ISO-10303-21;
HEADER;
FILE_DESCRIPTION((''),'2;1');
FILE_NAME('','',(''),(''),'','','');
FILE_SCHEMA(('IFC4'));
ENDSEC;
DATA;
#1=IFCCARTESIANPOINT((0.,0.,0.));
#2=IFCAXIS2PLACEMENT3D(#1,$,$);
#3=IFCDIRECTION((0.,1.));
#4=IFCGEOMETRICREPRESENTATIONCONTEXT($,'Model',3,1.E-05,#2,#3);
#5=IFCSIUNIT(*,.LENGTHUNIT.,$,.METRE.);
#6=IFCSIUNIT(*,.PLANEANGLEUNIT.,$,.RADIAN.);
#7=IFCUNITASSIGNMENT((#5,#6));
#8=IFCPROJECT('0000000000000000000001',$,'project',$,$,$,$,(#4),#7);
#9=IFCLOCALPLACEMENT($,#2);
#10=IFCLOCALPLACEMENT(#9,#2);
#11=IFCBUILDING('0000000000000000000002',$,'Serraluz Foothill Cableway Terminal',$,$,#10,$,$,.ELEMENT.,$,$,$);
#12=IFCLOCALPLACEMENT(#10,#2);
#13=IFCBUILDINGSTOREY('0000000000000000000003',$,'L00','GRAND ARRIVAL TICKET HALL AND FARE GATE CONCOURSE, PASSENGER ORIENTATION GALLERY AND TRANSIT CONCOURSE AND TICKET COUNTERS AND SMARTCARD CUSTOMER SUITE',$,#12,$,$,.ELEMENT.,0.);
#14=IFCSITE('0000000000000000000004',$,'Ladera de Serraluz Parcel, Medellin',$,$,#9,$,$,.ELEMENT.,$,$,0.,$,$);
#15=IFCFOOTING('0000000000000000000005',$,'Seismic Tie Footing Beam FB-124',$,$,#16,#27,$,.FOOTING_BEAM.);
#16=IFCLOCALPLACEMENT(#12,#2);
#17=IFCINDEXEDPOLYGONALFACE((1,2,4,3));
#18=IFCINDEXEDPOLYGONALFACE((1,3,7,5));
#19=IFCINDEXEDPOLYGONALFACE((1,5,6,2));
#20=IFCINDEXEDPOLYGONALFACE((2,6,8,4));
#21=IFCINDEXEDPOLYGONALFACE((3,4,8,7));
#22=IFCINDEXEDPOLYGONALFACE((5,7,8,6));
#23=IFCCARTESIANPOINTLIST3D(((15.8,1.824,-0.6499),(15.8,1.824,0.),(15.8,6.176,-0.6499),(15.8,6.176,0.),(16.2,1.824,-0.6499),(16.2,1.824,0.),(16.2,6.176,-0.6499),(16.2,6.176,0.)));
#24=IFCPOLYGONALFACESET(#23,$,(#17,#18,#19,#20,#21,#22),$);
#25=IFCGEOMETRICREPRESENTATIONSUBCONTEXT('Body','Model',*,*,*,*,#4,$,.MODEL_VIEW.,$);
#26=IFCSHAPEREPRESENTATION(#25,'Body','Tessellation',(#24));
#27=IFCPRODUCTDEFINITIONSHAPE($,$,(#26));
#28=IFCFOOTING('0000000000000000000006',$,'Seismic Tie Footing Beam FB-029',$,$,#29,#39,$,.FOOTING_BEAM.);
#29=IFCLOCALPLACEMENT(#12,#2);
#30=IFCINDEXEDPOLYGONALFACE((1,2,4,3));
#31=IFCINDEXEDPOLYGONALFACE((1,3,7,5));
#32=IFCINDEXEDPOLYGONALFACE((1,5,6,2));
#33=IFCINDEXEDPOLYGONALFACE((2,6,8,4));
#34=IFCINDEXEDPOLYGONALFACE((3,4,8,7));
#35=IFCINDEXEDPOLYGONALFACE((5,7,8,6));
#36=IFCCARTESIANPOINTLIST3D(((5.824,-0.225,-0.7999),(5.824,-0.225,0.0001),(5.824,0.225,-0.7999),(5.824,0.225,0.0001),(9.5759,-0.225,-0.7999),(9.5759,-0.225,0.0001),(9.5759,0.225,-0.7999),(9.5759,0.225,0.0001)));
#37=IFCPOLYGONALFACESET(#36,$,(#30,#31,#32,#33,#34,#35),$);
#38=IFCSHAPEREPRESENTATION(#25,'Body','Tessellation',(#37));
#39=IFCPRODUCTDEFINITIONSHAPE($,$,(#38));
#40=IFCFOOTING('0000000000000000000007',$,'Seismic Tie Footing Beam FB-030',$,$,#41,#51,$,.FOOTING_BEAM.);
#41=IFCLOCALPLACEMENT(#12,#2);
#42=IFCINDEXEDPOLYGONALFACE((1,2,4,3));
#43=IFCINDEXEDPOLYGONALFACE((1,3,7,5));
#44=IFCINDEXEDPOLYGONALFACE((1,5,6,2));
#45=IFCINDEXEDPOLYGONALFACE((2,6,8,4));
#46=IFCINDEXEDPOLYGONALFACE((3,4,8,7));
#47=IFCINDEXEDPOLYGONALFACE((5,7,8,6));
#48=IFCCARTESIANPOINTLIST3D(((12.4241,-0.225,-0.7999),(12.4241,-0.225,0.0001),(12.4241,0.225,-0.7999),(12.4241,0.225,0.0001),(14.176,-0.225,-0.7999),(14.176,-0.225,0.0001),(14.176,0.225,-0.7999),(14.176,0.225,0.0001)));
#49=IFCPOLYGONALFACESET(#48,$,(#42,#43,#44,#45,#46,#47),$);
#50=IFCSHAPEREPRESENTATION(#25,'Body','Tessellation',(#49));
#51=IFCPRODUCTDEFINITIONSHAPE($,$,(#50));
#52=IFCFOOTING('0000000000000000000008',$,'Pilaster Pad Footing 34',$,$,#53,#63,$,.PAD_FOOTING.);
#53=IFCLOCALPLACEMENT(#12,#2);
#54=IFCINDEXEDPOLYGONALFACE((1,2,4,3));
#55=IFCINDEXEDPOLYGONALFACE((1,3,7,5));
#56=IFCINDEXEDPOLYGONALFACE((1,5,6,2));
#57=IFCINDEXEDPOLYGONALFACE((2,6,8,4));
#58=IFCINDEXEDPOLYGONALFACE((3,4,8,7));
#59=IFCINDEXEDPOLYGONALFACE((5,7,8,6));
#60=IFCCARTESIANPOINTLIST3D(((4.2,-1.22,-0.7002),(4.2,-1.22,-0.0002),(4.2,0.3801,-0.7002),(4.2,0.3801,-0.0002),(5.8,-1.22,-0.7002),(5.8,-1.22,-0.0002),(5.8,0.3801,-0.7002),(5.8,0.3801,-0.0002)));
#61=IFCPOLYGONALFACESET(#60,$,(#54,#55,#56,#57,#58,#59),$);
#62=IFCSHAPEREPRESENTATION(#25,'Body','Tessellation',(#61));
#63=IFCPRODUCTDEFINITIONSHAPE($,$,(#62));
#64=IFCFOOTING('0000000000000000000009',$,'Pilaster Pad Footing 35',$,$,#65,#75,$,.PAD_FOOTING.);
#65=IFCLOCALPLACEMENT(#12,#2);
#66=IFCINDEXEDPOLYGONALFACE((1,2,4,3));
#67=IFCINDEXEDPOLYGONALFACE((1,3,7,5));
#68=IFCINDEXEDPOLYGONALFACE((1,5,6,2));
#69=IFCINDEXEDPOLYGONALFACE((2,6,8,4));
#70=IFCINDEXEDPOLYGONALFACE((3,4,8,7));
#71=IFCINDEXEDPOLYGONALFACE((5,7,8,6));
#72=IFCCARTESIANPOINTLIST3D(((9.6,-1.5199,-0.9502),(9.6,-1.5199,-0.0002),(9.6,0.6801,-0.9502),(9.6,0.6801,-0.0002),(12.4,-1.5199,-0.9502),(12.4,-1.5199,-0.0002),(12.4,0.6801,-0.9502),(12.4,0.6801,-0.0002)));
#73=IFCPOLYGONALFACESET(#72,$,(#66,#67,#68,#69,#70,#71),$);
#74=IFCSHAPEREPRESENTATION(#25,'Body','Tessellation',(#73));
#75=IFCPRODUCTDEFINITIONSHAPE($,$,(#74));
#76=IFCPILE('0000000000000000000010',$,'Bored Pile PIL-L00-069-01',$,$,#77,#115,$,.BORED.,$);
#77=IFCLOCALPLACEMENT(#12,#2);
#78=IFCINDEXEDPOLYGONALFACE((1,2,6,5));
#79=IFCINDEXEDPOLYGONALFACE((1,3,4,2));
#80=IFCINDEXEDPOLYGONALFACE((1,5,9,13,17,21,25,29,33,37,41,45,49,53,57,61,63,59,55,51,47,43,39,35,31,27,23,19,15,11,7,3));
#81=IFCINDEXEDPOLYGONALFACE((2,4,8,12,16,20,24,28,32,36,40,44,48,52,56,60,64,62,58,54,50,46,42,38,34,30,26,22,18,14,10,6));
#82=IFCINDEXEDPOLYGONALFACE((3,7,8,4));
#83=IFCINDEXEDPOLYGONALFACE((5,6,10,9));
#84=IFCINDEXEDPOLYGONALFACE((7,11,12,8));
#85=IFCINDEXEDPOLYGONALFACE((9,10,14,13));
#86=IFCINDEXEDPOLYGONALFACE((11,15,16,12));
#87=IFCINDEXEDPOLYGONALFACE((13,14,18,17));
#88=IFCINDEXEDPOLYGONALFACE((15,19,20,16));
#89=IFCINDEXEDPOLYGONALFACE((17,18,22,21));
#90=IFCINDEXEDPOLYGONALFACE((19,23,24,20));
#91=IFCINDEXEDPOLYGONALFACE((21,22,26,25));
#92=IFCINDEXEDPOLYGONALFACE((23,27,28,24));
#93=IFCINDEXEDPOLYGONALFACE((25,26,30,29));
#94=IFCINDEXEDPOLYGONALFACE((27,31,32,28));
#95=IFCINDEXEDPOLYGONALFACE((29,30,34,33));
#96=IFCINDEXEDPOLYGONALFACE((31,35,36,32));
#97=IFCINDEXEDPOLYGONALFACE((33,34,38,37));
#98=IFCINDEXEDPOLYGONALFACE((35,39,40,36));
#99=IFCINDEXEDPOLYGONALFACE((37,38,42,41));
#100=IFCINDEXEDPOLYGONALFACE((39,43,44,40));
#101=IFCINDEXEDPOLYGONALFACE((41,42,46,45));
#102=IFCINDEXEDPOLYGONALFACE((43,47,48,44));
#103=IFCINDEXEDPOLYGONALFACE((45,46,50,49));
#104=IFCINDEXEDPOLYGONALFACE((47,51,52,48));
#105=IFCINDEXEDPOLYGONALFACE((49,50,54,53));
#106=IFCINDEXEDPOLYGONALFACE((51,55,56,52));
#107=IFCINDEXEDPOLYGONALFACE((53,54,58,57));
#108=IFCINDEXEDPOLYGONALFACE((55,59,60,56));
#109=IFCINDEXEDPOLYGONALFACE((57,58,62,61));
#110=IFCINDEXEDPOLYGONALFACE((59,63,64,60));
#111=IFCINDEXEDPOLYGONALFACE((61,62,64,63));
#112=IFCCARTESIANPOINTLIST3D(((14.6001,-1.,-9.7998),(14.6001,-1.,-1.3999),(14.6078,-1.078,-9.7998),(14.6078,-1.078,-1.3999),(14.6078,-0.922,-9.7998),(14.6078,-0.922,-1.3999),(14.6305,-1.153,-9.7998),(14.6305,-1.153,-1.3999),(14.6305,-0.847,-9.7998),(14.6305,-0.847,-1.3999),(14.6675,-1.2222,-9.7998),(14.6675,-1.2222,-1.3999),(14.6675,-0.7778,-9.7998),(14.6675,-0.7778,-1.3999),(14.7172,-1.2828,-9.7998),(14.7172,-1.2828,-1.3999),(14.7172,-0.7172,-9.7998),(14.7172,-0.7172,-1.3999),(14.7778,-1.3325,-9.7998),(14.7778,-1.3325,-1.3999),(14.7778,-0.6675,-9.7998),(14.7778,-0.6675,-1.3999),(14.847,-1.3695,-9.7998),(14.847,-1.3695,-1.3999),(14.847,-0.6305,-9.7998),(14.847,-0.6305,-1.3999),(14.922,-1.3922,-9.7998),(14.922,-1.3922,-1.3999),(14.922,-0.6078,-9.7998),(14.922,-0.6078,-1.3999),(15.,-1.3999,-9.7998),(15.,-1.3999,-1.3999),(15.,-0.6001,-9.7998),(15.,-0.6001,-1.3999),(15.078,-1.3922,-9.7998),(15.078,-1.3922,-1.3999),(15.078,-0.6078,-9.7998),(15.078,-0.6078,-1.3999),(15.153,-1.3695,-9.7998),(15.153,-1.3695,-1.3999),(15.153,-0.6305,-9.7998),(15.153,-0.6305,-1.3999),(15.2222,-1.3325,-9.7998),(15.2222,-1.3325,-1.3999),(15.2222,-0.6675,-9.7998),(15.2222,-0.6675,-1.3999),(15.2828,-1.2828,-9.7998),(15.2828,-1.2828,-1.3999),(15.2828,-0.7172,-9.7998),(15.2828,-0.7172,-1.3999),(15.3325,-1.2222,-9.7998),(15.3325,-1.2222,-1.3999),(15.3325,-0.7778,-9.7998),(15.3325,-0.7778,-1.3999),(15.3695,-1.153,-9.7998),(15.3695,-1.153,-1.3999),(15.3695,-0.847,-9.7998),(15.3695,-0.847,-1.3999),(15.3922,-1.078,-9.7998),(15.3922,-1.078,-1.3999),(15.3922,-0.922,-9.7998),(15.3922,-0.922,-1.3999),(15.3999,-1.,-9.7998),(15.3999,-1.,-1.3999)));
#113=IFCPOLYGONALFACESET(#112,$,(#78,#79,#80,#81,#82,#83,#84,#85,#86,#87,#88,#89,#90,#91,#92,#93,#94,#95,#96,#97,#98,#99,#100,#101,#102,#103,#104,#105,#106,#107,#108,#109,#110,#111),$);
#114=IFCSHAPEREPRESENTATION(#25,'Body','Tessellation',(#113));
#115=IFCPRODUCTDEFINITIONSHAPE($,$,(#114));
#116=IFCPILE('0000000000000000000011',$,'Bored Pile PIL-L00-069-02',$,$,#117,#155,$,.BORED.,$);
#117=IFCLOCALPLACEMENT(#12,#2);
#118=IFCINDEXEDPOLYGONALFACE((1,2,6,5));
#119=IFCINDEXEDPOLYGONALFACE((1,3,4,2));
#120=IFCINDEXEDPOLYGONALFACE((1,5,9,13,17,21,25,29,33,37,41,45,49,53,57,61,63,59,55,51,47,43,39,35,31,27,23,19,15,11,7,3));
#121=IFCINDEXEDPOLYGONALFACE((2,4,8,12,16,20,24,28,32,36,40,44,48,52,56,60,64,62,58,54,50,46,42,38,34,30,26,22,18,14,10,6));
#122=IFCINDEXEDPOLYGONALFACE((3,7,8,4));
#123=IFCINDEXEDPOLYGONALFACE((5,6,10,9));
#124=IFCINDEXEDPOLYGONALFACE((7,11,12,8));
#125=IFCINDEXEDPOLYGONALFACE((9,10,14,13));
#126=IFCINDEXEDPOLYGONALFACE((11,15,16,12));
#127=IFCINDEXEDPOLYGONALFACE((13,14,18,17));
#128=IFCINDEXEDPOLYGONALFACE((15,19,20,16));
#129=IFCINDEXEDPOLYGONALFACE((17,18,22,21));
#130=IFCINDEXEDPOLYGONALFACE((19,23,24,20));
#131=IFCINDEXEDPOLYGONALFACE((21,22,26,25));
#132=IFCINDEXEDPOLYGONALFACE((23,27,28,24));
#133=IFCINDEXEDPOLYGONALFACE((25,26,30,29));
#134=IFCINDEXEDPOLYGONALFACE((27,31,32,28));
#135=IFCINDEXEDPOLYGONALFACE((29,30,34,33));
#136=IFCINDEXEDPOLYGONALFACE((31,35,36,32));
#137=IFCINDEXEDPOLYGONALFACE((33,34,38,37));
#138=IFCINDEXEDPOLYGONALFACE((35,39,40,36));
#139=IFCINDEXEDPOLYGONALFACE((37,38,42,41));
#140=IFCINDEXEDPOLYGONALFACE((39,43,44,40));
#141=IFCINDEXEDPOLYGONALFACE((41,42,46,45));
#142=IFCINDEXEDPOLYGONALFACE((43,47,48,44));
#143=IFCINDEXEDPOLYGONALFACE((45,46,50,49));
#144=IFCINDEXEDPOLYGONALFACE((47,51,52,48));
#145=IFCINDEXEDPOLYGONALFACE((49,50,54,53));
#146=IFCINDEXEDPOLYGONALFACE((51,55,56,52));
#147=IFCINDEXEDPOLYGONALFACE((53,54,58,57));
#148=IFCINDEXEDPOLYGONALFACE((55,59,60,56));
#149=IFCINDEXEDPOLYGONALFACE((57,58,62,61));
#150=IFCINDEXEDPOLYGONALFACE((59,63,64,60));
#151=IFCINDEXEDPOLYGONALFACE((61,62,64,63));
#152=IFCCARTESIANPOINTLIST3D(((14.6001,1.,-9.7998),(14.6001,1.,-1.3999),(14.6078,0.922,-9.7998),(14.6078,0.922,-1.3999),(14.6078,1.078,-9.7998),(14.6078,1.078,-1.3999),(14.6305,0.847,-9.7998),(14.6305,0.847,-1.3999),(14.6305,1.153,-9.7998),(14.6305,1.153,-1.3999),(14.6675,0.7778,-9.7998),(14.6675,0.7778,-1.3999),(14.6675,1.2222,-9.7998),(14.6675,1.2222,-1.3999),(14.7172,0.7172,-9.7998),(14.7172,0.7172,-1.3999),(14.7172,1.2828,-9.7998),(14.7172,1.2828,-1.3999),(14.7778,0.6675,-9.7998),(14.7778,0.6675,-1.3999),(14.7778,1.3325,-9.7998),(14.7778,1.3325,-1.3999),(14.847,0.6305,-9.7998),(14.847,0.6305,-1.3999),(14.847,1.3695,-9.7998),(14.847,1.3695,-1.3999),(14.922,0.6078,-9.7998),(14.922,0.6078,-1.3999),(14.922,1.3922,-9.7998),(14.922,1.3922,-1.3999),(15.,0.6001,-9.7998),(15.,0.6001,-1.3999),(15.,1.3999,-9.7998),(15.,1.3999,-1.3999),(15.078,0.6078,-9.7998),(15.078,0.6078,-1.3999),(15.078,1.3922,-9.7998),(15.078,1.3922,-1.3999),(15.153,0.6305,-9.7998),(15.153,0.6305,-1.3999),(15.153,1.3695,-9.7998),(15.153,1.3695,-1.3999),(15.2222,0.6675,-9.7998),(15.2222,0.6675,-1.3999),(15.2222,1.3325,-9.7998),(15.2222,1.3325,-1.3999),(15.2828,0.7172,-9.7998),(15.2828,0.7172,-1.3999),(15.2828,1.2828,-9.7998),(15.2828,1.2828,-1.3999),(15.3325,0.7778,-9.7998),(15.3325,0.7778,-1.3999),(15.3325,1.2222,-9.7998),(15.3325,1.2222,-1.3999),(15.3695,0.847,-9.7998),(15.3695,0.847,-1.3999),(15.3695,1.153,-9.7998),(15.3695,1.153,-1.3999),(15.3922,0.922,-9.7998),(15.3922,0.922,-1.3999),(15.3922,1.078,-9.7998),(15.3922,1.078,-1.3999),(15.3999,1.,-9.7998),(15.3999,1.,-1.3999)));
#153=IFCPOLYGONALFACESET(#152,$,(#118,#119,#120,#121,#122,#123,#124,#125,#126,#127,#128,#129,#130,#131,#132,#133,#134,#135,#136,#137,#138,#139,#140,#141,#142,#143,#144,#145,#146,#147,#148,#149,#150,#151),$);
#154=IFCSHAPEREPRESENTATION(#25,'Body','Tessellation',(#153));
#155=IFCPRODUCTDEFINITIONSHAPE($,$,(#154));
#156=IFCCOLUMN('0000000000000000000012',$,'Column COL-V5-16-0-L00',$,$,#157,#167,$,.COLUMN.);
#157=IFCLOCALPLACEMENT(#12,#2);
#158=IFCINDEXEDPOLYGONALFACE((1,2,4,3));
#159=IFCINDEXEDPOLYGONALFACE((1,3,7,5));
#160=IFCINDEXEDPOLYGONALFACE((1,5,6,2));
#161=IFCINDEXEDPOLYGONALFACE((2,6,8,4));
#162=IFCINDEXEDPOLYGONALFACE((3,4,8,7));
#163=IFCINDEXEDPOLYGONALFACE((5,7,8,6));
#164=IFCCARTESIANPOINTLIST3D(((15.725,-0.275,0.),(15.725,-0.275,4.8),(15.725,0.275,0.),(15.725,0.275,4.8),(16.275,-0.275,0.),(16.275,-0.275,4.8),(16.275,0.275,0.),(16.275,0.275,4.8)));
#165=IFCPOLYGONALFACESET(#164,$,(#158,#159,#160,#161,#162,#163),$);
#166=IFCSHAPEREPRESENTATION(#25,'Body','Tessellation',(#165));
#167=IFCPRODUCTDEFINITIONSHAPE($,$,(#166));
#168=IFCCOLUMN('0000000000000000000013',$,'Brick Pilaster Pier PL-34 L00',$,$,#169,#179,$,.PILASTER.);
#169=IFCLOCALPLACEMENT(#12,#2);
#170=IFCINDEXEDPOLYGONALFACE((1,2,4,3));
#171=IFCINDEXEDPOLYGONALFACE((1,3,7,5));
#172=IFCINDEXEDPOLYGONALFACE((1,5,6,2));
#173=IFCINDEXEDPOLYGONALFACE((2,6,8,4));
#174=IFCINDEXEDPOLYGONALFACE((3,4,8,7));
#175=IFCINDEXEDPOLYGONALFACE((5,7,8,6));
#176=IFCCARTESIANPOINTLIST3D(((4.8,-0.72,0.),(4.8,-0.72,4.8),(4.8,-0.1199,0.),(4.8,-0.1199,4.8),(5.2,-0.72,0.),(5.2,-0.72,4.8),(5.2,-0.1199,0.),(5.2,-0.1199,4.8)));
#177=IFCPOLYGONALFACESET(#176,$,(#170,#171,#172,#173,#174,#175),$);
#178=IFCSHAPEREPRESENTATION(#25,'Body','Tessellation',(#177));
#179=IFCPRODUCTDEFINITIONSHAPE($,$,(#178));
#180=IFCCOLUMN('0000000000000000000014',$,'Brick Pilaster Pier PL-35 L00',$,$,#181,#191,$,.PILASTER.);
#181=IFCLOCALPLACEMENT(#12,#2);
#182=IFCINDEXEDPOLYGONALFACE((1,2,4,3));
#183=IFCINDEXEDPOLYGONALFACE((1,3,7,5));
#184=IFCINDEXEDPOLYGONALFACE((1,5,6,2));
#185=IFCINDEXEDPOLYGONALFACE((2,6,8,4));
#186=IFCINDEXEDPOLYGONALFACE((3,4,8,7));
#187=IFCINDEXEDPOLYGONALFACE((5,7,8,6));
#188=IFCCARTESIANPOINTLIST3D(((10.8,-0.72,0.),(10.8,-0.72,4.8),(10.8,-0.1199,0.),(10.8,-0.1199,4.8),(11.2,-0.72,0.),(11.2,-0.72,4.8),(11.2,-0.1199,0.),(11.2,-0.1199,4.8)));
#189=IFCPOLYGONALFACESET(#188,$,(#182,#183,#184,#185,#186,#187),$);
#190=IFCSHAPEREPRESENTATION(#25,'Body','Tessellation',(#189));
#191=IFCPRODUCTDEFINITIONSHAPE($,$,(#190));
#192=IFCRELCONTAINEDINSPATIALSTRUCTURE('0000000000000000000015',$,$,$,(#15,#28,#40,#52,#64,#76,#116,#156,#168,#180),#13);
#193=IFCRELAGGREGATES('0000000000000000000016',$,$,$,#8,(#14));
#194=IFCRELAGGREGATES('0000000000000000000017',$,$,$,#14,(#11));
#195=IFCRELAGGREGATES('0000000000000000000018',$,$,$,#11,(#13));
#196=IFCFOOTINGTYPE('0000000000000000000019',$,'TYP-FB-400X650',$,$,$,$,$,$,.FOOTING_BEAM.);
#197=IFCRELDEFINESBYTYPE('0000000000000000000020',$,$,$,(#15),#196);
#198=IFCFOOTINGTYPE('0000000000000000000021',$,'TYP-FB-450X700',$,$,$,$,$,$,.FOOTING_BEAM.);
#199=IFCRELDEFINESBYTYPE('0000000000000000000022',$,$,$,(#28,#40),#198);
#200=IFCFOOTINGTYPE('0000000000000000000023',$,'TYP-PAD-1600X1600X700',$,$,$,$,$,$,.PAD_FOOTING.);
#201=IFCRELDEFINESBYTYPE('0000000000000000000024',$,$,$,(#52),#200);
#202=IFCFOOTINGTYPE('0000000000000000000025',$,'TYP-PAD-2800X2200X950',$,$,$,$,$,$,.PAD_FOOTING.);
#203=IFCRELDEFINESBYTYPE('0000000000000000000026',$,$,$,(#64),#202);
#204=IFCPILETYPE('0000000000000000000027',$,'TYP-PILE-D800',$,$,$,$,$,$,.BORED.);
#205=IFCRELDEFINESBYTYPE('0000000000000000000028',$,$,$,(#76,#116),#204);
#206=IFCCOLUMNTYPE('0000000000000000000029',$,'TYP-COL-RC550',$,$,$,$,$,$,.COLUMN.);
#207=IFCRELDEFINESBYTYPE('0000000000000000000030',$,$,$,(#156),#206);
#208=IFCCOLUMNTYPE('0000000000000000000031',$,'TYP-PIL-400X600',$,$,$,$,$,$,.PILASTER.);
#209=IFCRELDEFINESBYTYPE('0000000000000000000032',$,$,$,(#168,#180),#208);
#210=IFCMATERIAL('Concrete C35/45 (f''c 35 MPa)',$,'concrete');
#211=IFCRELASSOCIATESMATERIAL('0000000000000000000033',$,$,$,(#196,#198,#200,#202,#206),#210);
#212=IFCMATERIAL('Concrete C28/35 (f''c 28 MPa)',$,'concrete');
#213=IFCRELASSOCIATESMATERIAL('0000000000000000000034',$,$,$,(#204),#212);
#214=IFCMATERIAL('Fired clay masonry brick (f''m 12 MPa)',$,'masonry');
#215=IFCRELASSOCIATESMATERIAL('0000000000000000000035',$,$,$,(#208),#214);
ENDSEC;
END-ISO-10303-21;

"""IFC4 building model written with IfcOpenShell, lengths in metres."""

from ifc_helpers import new_model, si_unit, direction, frame, origin, origin_2d, place, context, subcontext, project, spatial, rectangle, circle, extrude, material, material_profile, profile_set, type_object, element, save


model = new_model("IFC4")

# Units and contexts
model_context = context("Model", 3, precision=1e-05, world=origin(), true_north=direction((0.0, 1.0)))
body_context = subcontext(model_context, "Body", "Model", "MODEL_VIEW")
ifc_project = project(units=[si_unit("LENGTHUNIT", "METRE"), si_unit("PLANEANGLEUNIT", "RADIAN")], contexts=[model_context])

# Site, building, storey
site_placement = place(None, origin())
site = spatial("IfcSite", under=ifc_project, at=site_placement, Name="Ladera de Serraluz Parcel, Medellin", CompositionType="ELEMENT", RefElevation=0.0)
building_placement = place(site_placement, origin())
building = spatial("IfcBuilding", under=site, at=building_placement, Name="Serraluz Foothill Cableway Terminal", CompositionType="ELEMENT")
storey_placement = place(building_placement, origin())
storey = spatial("IfcBuildingStorey", under=building, at=storey_placement, Name="L00", Description="GRAND ARRIVAL TICKET HALL AND FARE GATE CONCOURSE, PASSENGER ORIENTATION GALLERY AND TRANSIT CONCOURSE AND TICKET COUNTERS AND SMARTCARD CUSTOMER SUITE", CompositionType="ELEMENT", Elevation=0.0)

# Footings
ifc_material_1 = material(Name="Concrete C35/45 (f'c 35 MPa)", Category="concrete")
ifc_material_profile_1 = material_profile(ifc_material_1, rectangle(XDim=0.3999, YDim=0.6499, at=origin_2d()), Name="RC 400x650")
ifc_profile_set_1 = profile_set([ifc_material_profile_1], Name="Concrete C35/45 (f'c 35 MPa)")
footing_type_1 = type_object("IfcFootingType", Name="TYP-FB-400X650", PredefinedType="FOOTING_BEAM", material=ifc_profile_set_1)
footing_1_placement = place(storey_placement, frame((16.0, 1.824, -0.325), z_axis=(0.0, 1.0, 0.0), x_axis=(-1.0, 0.0, 0.0)))
element("IfcFooting", 1, at=footing_1_placement, inside=storey, type_object=footing_type_1, Name="Seismic Tie Footing Beam FB-124", PredefinedType="FOOTING_BEAM", context=body_context, shape_type="SweptSolid", body=[
    extrude(rectangle(XDim=0.3999, YDim=0.6499, at=origin_2d()), origin(), (0.0, 0.0, 1.0), 4.3521),
])
ifc_material_profile_2 = material_profile(ifc_material_1, rectangle(XDim=0.45, YDim=0.8, at=origin_2d()), Name="RC 450x800")
ifc_profile_set_2 = profile_set([ifc_material_profile_2], Name="Concrete C35/45 (f'c 35 MPa)")
footing_type_2 = type_object("IfcFootingType", Name="TYP-FB-450X700", PredefinedType="FOOTING_BEAM", material=ifc_profile_set_2)
footing_2_placement = place(storey_placement, frame((5.824, 0.0, -0.3999), z_axis=(1.0, 0.0, 0.0), x_axis=(0.0, 1.0, 0.0)))
element("IfcFooting", 2, at=footing_2_placement, inside=storey, type_object=footing_type_2, Name="Seismic Tie Footing Beam FB-029", PredefinedType="FOOTING_BEAM", context=body_context, shape_type="SweptSolid", body=[
    extrude(rectangle(XDim=0.45, YDim=0.8, at=origin_2d()), origin(), (0.0, 0.0, 1.0), 3.752),
])
footing_3_placement = place(storey_placement, frame((12.4241, 0.0, -0.3999), z_axis=(1.0, 0.0, 0.0), x_axis=(0.0, 1.0, 0.0)))
element("IfcFooting", 3, at=footing_3_placement, inside=storey, type_object=footing_type_2, Name="Seismic Tie Footing Beam FB-030", PredefinedType="FOOTING_BEAM", context=body_context, shape_type="SweptSolid", body=[
    extrude(rectangle(XDim=0.45, YDim=0.8, at=origin_2d()), origin(), (0.0, 0.0, 1.0), 1.752),
])
footing_type_3 = type_object("IfcFootingType", Name="TYP-PAD-1600X1600X700", PredefinedType="PAD_FOOTING", material=ifc_material_1)
footing_4_placement = place(storey_placement, frame((5.0, -0.4199, -0.7002), z_axis=(0.0, 0.0, 1.0), x_axis=(1.0, 0.0, 0.0)))
element("IfcFooting", 4, at=footing_4_placement, inside=storey, type_object=footing_type_3, Name="Pilaster Pad Footing 34", PredefinedType="PAD_FOOTING", context=body_context, shape_type="SweptSolid", body=[
    extrude(rectangle(XDim=1.6001, YDim=1.6001, at=origin_2d()), origin(), (0.0, 0.0, 1.0), 0.7),
])
footing_type_4 = type_object("IfcFootingType", Name="TYP-PAD-2800X2200X950", PredefinedType="PAD_FOOTING", material=ifc_material_1)
footing_5_placement = place(storey_placement, frame((11.0, -0.4199, -0.9502), z_axis=(0.0, 0.0, 1.0), x_axis=(1.0, 0.0, 0.0)))
element("IfcFooting", 5, at=footing_5_placement, inside=storey, type_object=footing_type_4, Name="Pilaster Pad Footing 35", PredefinedType="PAD_FOOTING", context=body_context, shape_type="SweptSolid", body=[
    extrude(rectangle(XDim=2.8, YDim=2.2, at=origin_2d()), origin(), (0.0, 0.0, 1.0), 0.95),
])

# Piles
ifc_material_2 = material(Name="Concrete C28/35 (f'c 28 MPa)", Category="concrete")
ifc_material_profile_3 = material_profile(ifc_material_2, circle(Radius=0.3999, at=origin_2d()), Name="BORED PILE D800")
ifc_profile_set_3 = profile_set([ifc_material_profile_3], Name="Concrete C28/35 (f'c 28 MPa)")
pile_type = type_object("IfcPileType", Name="TYP-PILE-D800", PredefinedType="BORED", material=ifc_profile_set_3)
for number, where, z_axis, x_axis, name in (
    (6, (15.0, -1.0, -1.3999), (0.0, 0.0, -1.0), (1.0, 0.0, 0.0), "Bored Pile PIL-L00-069-01"),
    (7, (15.0, 1.0, -1.3999), (0.0, 0.0, -1.0), (1.0, 0.0, 0.0), "Bored Pile PIL-L00-069-02"),
):
    element("IfcPile", number, at=place(storey_placement, frame(where, z_axis=z_axis, x_axis=x_axis)), inside=storey, type_object=pile_type, Name=name, PredefinedType="BORED", context=body_context, shape_type="SweptSolid", body=[
        extrude(circle(Radius=0.3999, at=origin_2d()), origin(), (0.0, 0.0, 1.0), 8.3999),
    ])

# Columns
ifc_material_profile_4 = material_profile(ifc_material_1, rectangle(XDim=0.55, YDim=0.55, at=origin_2d()), Name="RC 550x550")
ifc_profile_set_4 = profile_set([ifc_material_profile_4], Name="Concrete C35/45 (f'c 35 MPa)")
column_type_1 = type_object("IfcColumnType", Name="TYP-COL-RC550", PredefinedType="COLUMN", material=ifc_profile_set_4)
column_placement = place(storey_placement, frame((16.0, 0.0, 0.0), z_axis=(0.0, 0.0, 1.0), x_axis=(1.0, 0.0, 0.0)))
element("IfcColumn", 8, at=column_placement, inside=storey, type_object=column_type_1, Name="Column COL-V5-16-0-L00", PredefinedType="COLUMN", context=body_context, shape_type="SweptSolid", body=[
    extrude(rectangle(XDim=0.55, YDim=0.55, at=origin_2d()), origin(), (0.0, 0.0, 1.0), 4.8),
])
ifc_material_3 = material(Name="Fired clay masonry brick (f'm 12 MPa)", Category="masonry")
ifc_material_profile_5 = material_profile(ifc_material_3, rectangle(XDim=0.3999, YDim=0.6001, at=origin_2d()), Name="PIL 400x600")
ifc_profile_set_5 = profile_set([ifc_material_profile_5], Name="Fired clay masonry brick (f'm 12 MPa)")
column_type_2 = type_object("IfcColumnType", Name="TYP-PIL-400X600", PredefinedType="PILASTER", material=ifc_profile_set_5)
for number, where, z_axis, x_axis, name in (
    (9, (5.0, -0.4199, 0.0), (0.0, 0.0, 1.0), (1.0, 0.0, 0.0), "Brick Pilaster Pier PL-34 L00"),
    (10, (11.0, -0.4199, 0.0), (0.0, 0.0, 1.0), (1.0, 0.0, 0.0), "Brick Pilaster Pier PL-35 L00"),
):
    element("IfcColumn", number, at=place(storey_placement, frame(where, z_axis=z_axis, x_axis=x_axis)), inside=storey, type_object=column_type_2, Name=name, PredefinedType="PILASTER", context=body_context, shape_type="SweptSolid", body=[
        extrude(rectangle(XDim=0.3999, YDim=0.6001, at=origin_2d()), origin(), (0.0, 0.0, 1.0), 4.8),
    ])

save(model, "model.ifc")
